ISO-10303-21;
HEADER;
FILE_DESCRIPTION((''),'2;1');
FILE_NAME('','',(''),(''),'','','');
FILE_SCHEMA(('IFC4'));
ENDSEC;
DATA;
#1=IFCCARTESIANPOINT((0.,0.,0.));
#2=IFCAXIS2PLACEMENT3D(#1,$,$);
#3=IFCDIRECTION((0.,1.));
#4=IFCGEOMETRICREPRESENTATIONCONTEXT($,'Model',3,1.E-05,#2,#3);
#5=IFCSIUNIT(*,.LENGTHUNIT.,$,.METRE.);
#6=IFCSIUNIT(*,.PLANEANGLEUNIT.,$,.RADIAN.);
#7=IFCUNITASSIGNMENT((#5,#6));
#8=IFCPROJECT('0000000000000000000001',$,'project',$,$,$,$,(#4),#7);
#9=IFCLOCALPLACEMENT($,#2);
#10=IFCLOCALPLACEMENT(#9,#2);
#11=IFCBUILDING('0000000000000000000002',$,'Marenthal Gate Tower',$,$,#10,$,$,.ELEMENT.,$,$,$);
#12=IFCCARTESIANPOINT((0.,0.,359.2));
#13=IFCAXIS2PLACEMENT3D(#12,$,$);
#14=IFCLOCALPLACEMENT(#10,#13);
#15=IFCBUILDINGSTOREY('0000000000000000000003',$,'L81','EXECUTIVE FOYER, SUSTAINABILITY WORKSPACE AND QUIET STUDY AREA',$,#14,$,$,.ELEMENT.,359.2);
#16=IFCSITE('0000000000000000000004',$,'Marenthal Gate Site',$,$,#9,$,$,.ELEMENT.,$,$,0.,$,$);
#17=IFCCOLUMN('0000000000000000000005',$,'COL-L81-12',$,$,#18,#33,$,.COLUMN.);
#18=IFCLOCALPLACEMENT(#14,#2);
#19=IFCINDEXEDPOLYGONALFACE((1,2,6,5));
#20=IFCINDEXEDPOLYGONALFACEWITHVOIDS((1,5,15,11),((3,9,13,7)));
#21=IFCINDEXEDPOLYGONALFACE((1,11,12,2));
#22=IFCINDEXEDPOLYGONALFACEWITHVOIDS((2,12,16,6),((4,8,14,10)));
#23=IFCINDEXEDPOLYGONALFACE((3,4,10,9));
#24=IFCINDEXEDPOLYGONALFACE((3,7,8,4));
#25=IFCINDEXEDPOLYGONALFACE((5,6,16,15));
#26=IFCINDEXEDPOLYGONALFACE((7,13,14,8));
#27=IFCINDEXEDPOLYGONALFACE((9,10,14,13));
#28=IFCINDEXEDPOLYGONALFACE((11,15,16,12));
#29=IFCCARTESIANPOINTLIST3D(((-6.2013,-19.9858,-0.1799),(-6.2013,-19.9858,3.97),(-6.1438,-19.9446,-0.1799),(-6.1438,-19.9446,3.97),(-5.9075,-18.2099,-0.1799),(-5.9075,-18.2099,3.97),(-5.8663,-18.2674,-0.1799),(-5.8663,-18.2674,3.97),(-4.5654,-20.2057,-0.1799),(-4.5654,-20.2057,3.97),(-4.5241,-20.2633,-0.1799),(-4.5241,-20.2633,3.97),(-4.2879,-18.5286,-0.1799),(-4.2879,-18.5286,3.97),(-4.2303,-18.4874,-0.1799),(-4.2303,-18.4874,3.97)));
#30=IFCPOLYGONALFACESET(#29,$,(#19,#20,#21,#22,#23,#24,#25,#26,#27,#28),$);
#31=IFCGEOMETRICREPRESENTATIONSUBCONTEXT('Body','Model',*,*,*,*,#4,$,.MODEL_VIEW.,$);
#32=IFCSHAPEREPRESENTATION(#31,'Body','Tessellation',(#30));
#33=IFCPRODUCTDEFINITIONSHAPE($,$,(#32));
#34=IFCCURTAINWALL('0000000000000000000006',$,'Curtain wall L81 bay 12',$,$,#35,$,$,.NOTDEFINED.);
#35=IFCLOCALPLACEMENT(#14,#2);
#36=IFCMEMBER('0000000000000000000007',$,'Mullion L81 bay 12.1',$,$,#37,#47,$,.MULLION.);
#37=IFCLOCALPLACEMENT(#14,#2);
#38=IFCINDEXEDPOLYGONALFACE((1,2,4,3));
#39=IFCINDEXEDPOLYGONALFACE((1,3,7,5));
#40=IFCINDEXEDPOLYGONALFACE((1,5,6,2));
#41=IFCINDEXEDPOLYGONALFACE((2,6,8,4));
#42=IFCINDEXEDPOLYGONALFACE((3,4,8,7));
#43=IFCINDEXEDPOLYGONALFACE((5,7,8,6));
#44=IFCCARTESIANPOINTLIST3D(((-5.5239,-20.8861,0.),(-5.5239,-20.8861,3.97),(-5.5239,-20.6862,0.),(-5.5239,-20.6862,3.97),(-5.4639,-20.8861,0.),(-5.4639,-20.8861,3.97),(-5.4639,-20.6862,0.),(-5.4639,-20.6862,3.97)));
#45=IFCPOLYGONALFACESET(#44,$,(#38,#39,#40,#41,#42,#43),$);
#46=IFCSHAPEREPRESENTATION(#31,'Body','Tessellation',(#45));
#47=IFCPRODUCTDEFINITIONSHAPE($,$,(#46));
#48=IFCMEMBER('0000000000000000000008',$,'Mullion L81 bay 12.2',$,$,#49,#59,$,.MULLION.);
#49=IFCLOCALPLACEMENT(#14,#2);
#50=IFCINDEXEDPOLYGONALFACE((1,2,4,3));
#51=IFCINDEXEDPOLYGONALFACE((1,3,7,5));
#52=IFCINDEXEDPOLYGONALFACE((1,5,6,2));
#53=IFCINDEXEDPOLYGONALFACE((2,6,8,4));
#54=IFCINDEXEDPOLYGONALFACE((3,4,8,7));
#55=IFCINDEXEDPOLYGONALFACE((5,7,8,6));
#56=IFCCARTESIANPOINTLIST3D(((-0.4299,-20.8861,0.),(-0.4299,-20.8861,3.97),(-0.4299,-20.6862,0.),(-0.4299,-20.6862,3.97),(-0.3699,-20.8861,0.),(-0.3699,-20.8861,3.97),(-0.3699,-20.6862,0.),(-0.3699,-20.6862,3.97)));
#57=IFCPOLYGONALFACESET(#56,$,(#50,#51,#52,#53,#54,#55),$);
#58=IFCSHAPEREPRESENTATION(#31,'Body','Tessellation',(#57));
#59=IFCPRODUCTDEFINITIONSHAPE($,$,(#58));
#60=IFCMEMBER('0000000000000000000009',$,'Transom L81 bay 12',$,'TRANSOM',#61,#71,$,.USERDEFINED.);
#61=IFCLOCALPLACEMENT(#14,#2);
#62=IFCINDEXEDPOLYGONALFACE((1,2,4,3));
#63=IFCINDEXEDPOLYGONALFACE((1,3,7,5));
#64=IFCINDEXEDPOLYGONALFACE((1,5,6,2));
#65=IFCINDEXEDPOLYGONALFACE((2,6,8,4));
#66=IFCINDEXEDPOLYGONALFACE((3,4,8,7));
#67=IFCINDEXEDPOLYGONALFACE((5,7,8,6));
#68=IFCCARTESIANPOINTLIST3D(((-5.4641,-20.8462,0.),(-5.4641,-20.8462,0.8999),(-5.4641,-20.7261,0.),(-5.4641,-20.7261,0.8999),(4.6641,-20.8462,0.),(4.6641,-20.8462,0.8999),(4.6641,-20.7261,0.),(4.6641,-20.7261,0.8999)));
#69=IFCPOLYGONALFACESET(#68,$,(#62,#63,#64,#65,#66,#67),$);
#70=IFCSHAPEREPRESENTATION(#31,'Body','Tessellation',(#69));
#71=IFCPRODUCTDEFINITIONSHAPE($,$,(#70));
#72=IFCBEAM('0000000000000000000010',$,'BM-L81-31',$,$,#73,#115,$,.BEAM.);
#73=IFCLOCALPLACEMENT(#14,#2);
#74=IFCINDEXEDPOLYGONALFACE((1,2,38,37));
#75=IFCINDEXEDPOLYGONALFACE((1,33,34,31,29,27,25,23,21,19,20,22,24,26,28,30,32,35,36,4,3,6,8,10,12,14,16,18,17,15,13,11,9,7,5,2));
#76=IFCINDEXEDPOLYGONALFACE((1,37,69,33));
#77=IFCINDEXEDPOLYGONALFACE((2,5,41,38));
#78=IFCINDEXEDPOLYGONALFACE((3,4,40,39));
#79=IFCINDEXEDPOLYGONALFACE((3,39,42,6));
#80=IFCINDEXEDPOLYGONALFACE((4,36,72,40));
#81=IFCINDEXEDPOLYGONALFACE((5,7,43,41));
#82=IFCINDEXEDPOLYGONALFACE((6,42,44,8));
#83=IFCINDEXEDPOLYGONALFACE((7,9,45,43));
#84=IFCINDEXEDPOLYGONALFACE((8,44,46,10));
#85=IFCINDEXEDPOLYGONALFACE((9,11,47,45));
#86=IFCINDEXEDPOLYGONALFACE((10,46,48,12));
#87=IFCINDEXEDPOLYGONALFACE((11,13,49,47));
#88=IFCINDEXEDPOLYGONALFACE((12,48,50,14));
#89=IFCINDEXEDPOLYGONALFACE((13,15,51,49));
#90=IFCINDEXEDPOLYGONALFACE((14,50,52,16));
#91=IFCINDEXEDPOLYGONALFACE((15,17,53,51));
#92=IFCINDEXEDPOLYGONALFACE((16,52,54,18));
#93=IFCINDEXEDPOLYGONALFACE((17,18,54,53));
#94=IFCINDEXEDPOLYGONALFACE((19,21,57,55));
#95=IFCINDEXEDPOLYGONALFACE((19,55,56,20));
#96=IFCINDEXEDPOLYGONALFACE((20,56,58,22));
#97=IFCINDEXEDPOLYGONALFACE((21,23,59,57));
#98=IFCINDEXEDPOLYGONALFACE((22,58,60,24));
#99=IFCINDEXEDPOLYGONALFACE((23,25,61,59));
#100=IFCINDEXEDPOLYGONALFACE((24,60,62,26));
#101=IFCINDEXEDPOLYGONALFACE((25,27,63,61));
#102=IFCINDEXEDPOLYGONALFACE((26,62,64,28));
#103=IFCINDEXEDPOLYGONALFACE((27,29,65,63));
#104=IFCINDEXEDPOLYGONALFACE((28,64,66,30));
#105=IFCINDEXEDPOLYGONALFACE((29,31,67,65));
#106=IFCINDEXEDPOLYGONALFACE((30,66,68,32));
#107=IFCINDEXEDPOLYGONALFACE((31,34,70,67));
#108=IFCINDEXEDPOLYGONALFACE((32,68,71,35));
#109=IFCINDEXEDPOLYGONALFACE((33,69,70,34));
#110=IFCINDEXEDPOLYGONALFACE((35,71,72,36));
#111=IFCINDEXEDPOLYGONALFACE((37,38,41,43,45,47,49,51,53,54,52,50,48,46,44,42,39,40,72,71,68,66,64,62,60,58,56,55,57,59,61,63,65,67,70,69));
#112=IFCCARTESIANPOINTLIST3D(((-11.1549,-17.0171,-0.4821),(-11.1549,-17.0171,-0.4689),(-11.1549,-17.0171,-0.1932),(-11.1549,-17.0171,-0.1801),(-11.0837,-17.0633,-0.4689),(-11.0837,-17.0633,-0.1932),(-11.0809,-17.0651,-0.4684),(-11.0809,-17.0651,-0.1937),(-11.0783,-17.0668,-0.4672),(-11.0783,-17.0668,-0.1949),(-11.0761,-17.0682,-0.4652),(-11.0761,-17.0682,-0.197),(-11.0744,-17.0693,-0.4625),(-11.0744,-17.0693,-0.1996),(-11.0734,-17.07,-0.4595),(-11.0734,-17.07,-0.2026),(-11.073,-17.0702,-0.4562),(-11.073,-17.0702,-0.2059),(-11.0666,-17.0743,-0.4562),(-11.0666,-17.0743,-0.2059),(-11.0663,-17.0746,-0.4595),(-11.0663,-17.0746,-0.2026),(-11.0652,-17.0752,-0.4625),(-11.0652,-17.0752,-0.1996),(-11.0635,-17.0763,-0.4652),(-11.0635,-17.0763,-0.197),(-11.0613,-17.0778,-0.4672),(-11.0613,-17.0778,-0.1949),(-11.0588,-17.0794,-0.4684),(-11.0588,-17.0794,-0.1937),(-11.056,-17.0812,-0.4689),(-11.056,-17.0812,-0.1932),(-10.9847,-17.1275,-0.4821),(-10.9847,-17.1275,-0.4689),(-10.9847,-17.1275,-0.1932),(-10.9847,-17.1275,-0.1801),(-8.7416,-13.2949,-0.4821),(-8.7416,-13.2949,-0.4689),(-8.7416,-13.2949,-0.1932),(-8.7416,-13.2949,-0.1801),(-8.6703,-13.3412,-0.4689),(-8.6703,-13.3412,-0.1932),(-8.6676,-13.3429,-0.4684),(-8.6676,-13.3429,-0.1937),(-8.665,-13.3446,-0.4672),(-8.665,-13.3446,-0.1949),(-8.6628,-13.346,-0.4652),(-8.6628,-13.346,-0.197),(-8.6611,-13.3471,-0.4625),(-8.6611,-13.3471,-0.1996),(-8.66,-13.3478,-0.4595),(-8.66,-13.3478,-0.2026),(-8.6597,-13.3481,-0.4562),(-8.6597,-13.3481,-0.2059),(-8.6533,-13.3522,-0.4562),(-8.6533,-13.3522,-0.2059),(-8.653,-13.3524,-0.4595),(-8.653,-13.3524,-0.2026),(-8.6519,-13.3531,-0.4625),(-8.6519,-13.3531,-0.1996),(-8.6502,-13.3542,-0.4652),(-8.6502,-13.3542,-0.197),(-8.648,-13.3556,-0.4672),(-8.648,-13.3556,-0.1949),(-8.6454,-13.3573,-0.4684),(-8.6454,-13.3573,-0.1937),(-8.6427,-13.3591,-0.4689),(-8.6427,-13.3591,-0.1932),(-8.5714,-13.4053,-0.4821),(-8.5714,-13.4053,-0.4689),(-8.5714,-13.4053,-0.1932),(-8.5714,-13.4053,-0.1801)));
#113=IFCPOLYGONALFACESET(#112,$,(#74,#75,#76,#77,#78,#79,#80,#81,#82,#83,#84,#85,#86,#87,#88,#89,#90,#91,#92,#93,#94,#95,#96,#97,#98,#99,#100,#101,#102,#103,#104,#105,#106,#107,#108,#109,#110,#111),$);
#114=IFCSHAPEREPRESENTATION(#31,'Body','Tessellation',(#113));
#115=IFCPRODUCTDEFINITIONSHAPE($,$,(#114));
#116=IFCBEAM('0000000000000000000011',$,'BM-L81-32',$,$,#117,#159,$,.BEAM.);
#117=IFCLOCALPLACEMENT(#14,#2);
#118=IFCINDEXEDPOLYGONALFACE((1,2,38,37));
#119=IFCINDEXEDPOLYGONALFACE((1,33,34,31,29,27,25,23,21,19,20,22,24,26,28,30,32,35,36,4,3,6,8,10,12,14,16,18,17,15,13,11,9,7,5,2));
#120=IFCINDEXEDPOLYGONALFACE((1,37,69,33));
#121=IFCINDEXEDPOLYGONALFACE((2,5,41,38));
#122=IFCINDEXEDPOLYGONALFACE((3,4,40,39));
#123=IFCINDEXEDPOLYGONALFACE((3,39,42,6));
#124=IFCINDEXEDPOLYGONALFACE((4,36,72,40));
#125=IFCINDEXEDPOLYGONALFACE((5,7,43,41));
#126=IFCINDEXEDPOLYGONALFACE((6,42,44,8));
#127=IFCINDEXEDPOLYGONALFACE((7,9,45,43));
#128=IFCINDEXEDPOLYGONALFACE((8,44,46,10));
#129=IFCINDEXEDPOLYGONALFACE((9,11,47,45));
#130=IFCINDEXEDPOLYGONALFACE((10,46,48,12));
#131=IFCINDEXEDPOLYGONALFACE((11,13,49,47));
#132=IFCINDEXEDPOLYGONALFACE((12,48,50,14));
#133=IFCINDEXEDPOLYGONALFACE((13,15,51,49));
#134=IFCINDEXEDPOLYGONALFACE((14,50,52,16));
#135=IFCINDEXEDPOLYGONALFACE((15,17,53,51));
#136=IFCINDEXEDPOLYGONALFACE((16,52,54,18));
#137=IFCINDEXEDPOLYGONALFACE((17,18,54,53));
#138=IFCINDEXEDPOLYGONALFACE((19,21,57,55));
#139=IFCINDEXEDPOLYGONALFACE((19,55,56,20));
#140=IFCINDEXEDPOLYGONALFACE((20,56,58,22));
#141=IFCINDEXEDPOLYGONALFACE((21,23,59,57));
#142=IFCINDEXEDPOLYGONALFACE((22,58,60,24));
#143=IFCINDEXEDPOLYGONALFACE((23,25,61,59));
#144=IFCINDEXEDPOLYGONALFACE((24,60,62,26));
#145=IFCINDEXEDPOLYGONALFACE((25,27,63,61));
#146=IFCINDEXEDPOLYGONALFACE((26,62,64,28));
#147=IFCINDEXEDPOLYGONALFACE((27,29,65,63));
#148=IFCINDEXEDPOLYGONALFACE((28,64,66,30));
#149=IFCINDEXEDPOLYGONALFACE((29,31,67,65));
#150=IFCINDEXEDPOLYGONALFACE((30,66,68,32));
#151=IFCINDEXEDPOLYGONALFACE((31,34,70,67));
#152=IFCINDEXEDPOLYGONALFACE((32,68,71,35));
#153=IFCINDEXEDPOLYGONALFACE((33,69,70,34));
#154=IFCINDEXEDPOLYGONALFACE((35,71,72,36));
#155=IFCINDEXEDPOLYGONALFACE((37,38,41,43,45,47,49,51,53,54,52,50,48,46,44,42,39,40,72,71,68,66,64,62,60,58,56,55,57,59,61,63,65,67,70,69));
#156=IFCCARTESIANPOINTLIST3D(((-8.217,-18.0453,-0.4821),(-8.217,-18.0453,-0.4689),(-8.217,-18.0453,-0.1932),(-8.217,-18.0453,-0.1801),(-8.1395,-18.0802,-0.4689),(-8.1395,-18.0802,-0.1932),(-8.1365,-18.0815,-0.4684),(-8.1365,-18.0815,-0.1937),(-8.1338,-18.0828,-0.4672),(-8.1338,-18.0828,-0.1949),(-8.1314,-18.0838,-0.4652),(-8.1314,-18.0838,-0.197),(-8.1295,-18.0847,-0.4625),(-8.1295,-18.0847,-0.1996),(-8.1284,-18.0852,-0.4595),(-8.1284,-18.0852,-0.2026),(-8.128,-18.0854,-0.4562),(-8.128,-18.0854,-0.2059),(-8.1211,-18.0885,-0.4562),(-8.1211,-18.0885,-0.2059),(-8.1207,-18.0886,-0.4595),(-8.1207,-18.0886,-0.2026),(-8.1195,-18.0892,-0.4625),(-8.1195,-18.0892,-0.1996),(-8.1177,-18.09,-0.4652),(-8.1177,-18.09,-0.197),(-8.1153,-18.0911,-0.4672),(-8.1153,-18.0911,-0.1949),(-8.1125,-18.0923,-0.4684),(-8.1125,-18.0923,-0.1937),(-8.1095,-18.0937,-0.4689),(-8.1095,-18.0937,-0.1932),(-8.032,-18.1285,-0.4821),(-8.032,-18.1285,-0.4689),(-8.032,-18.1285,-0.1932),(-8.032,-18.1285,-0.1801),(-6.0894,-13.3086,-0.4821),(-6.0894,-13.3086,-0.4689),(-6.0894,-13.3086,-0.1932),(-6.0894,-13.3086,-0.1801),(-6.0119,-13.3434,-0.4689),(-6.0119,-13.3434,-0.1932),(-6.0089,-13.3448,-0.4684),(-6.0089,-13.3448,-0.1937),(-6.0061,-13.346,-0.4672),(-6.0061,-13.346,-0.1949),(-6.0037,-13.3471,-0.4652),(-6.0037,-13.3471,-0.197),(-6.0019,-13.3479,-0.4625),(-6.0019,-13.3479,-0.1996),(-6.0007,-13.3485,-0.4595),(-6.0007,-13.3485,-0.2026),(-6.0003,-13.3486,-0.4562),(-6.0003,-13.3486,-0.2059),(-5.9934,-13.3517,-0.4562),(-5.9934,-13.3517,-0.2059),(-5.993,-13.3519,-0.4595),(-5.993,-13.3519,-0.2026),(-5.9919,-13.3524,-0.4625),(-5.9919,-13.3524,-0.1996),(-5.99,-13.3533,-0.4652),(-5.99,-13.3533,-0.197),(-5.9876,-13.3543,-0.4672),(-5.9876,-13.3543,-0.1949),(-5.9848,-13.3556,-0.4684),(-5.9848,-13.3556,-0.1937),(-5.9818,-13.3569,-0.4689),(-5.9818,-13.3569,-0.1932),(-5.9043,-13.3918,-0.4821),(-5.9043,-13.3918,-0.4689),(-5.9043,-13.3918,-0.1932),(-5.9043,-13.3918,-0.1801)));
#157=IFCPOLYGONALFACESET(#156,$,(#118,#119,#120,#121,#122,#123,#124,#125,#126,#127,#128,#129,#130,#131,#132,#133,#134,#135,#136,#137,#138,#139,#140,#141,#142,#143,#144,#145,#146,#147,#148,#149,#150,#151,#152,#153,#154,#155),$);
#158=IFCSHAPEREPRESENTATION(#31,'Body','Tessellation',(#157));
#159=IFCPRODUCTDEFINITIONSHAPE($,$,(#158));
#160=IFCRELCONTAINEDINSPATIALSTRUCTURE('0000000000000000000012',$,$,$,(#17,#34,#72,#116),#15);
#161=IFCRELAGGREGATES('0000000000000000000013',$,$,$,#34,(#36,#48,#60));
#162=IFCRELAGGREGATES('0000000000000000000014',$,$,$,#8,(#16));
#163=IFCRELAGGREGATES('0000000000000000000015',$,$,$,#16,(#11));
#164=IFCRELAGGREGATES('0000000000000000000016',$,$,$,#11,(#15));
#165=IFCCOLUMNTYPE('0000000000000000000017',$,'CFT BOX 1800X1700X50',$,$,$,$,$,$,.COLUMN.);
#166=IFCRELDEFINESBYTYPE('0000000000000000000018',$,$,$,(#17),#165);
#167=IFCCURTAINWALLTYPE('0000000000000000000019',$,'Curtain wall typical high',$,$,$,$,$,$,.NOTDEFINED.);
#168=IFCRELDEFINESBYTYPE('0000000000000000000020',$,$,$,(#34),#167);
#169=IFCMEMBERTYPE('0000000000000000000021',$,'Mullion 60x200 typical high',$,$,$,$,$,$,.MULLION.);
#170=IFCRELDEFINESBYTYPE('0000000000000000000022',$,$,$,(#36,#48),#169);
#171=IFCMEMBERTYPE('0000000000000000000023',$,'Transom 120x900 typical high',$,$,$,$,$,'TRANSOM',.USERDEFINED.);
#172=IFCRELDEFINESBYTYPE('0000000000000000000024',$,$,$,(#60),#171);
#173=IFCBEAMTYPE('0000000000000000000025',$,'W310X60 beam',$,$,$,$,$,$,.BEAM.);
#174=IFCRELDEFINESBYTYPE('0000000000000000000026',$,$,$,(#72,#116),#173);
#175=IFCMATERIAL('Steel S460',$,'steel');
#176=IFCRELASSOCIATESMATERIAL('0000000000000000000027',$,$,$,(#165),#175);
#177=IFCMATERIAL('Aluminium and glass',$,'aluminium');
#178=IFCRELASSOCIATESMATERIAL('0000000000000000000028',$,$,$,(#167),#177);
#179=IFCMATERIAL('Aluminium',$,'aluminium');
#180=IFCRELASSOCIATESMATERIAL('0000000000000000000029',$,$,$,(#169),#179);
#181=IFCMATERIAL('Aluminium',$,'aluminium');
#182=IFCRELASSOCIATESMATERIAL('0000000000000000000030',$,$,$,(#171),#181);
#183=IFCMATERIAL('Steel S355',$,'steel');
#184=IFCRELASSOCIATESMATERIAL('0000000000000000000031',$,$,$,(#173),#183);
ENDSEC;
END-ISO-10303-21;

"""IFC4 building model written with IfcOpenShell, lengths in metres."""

from ifc_helpers import new_model, si_unit, direction, frame, origin, origin_2d, place, context, subcontext, project, spatial, rectangle, hollow_rectangle, i_section, extrude, material, material_profile, profile_set, type_object, element, aggregate, save


model = new_model("IFC4")

# Units and contexts
model_context = context("Model", 3, precision=1e-05, world=origin(), true_north=direction((0.0, 1.0)))
body_context = subcontext(model_context, "Body", "Model", "MODEL_VIEW")
ifc_project = project(units=[si_unit("LENGTHUNIT", "METRE"), si_unit("PLANEANGLEUNIT", "RADIAN")], contexts=[model_context])

# Site, building, storey
site_placement = place(None, origin())
site = spatial("IfcSite", under=ifc_project, at=site_placement, Name="Marenthal Gate Site", CompositionType="ELEMENT", RefElevation=0.0)
building_placement = place(site_placement, origin())
building = spatial("IfcBuilding", under=site, at=building_placement, Name="Marenthal Gate Tower", CompositionType="ELEMENT")
storey_placement = place(building_placement, frame((0.0, 0.0, 359.2)))
storey = spatial("IfcBuildingStorey", under=building, at=storey_placement, Name="L81", Description="EXECUTIVE FOYER, SUSTAINABILITY WORKSPACE AND QUIET STUDY AREA", CompositionType="ELEMENT", Elevation=359.2)

# Column
ifc_material_1 = material(Name="Steel S460", Category="steel")
ifc_material_profile_1 = material_profile(ifc_material_1, hollow_rectangle(XDim=1.7, YDim=1.8, WallThickness=0.05, at=origin_2d()), Name="CFT BOX 1800X1700X50")
ifc_material_2 = material(Name="Concrete 70 MPa", Category="concrete")
ifc_material_profile_2 = material_profile(ifc_material_2, rectangle(XDim=1.6001, YDim=1.7, at=origin_2d()), Name="CFT BOX 1800X1700X50 INFILL")
ifc_profile_set_1 = profile_set([ifc_material_profile_1, ifc_material_profile_2], Name="Steel S460 shell, Concrete 70 MPa infill")
column_type = type_object("IfcColumnType", Name="CFT BOX 1800X1700X50", PredefinedType="COLUMN", material=ifc_profile_set_1)
column_placement = place(storey_placement, frame((-5.2158, -19.2366, -0.1799), z_axis=(0.0, 0.0, 1.0), x_axis=(-0.98659, 0.163221, 0.0)))
element("IfcColumn", 1, at=column_placement, inside=storey, type_object=column_type, Name="COL-L81-12", PredefinedType="COLUMN", context=body_context, shape_type="SweptSolid", body=[
    extrude(hollow_rectangle(XDim=1.7, YDim=1.8, WallThickness=0.05, at=origin_2d()), origin(), (0.0, 0.0, 1.0), 4.1499),
])

# Curtain wall, members
ifc_material_3 = material(Name="Aluminium and glass", Category="aluminium")
curtain_wall_type = type_object("IfcCurtainWallType", Name="Curtain wall typical high", PredefinedType="NOTDEFINED", material=ifc_material_3)
curtain_wall_placement = place(storey_placement, origin())
curtain_wall = element("IfcCurtainWall", 2, at=curtain_wall_placement, inside=storey, type_object=curtain_wall_type, Name="Curtain wall L81 bay 12", PredefinedType="NOTDEFINED")
ifc_material_4 = material(Name="Aluminium", Category="aluminium")
ifc_material_profile_3 = material_profile(ifc_material_4, rectangle(XDim=0.2, YDim=0.0601, at=origin_2d()), Name="60x200 aluminium mullion")
ifc_profile_set_2 = profile_set([ifc_material_profile_3], Name="Aluminium")
member_type_1 = type_object("IfcMemberType", Name="Mullion 60x200 typical high", PredefinedType="MULLION", material=ifc_profile_set_2)
member_1_placement = place(storey_placement, frame((-5.4939, -20.7861, 0.0), z_axis=(0.0, 0.0, 1.0), x_axis=(0.0, 1.0, 0.0)))
member_1 = element("IfcMember", 3, at=member_1_placement, type_object=member_type_1, Name="Mullion L81 bay 12.1", PredefinedType="MULLION", context=body_context, shape_type="SweptSolid", body=[
    extrude(rectangle(XDim=0.2, YDim=0.0601, at=origin_2d()), origin(), (0.0, 0.0, 1.0), 3.97),
])
member_2_placement = place(storey_placement, frame((-0.3999, -20.7861, 0.0), z_axis=(0.0, 0.0, 1.0), x_axis=(0.0, 1.0, 0.0)))
member_2 = element("IfcMember", 4, at=member_2_placement, type_object=member_type_1, Name="Mullion L81 bay 12.2", PredefinedType="MULLION", context=body_context, shape_type="SweptSolid", body=[
    extrude(rectangle(XDim=0.2, YDim=0.0601, at=origin_2d()), origin(), (0.0, 0.0, 1.0), 3.97),
])
ifc_material_5 = material(Name="Aluminium", Category="aluminium")
ifc_material_profile_4 = material_profile(ifc_material_5, rectangle(XDim=0.1201, YDim=0.8999, at=origin_2d()), Name="120x900 aluminium transom")
ifc_profile_set_3 = profile_set([ifc_material_profile_4], Name="Aluminium")
member_type_2 = type_object("IfcMemberType", Name="Transom 120x900 typical high", ElementType="TRANSOM", PredefinedType="USERDEFINED", material=ifc_profile_set_3)
member_3_placement = place(storey_placement, frame((-5.4641, -20.7861, 0.45), z_axis=(1.0, 0.0, 0.0), x_axis=(0.0, 1.0, 0.0)))
member_3 = element("IfcMember", 5, at=member_3_placement, type_object=member_type_2, Name="Transom L81 bay 12", ObjectType="TRANSOM", PredefinedType="USERDEFINED", context=body_context, shape_type="SweptSolid", body=[
    extrude(rectangle(XDim=0.1201, YDim=0.8999, at=origin_2d()), origin(), (0.0, 0.0, 1.0), 10.1282),
])

# Beams
ifc_material_6 = material(Name="Steel S355", Category="steel")
ifc_material_profile_5 = material_profile(ifc_material_6, i_section(OverallWidth=0.2029, OverallDepth=0.302, WebThickness=0.0076, FlangeThickness=0.0132, FilletRadius=0.0127, at=origin_2d()), Name="W310X60")
ifc_profile_set_4 = profile_set([ifc_material_profile_5], Name="Steel S355")
beam_type_1 = type_object("IfcBeamType", Name="W310X60 beam", PredefinedType="BEAM", material=ifc_profile_set_4)
beam_1_placement = place(storey_placement, frame((-11.0698, -17.0723, -0.3311), z_axis=(0.544025, 0.839069, 0.0), x_axis=(-0.839069, 0.544025, 0.0)))
element("IfcBeam", 6, at=beam_1_placement, inside=storey, type_object=beam_type_1, Name="BM-L81-31", PredefinedType="BEAM", context=body_context, shape_type="SweptSolid", body=[
    extrude(i_section(OverallWidth=0.2029, OverallDepth=0.302, WebThickness=0.0076, FlangeThickness=0.0132, FilletRadius=0.0127, at=origin_2d()), origin(), (0.0, 0.0, 1.0), 4.436),
])
beam_2_placement = place(storey_placement, frame((-8.1245, -18.0869, -0.3311), z_axis=(0.409743, 0.912201, 0.0), x_axis=(-0.912201, 0.409743, 0.0)))
element("IfcBeam", 7, at=beam_2_placement, inside=storey, type_object=beam_type_1, Name="BM-L81-32", PredefinedType="BEAM", context=body_context, shape_type="SweptSolid", body=[
    extrude(i_section(OverallWidth=0.2029, OverallDepth=0.302, WebThickness=0.0076, FlangeThickness=0.0132, FilletRadius=0.0127, at=origin_2d()), origin(), (0.0, 0.0, 1.0), 5.1926),
])

aggregate(curtain_wall, [member_1, member_2, member_3])

save(model, "model.ifc")
